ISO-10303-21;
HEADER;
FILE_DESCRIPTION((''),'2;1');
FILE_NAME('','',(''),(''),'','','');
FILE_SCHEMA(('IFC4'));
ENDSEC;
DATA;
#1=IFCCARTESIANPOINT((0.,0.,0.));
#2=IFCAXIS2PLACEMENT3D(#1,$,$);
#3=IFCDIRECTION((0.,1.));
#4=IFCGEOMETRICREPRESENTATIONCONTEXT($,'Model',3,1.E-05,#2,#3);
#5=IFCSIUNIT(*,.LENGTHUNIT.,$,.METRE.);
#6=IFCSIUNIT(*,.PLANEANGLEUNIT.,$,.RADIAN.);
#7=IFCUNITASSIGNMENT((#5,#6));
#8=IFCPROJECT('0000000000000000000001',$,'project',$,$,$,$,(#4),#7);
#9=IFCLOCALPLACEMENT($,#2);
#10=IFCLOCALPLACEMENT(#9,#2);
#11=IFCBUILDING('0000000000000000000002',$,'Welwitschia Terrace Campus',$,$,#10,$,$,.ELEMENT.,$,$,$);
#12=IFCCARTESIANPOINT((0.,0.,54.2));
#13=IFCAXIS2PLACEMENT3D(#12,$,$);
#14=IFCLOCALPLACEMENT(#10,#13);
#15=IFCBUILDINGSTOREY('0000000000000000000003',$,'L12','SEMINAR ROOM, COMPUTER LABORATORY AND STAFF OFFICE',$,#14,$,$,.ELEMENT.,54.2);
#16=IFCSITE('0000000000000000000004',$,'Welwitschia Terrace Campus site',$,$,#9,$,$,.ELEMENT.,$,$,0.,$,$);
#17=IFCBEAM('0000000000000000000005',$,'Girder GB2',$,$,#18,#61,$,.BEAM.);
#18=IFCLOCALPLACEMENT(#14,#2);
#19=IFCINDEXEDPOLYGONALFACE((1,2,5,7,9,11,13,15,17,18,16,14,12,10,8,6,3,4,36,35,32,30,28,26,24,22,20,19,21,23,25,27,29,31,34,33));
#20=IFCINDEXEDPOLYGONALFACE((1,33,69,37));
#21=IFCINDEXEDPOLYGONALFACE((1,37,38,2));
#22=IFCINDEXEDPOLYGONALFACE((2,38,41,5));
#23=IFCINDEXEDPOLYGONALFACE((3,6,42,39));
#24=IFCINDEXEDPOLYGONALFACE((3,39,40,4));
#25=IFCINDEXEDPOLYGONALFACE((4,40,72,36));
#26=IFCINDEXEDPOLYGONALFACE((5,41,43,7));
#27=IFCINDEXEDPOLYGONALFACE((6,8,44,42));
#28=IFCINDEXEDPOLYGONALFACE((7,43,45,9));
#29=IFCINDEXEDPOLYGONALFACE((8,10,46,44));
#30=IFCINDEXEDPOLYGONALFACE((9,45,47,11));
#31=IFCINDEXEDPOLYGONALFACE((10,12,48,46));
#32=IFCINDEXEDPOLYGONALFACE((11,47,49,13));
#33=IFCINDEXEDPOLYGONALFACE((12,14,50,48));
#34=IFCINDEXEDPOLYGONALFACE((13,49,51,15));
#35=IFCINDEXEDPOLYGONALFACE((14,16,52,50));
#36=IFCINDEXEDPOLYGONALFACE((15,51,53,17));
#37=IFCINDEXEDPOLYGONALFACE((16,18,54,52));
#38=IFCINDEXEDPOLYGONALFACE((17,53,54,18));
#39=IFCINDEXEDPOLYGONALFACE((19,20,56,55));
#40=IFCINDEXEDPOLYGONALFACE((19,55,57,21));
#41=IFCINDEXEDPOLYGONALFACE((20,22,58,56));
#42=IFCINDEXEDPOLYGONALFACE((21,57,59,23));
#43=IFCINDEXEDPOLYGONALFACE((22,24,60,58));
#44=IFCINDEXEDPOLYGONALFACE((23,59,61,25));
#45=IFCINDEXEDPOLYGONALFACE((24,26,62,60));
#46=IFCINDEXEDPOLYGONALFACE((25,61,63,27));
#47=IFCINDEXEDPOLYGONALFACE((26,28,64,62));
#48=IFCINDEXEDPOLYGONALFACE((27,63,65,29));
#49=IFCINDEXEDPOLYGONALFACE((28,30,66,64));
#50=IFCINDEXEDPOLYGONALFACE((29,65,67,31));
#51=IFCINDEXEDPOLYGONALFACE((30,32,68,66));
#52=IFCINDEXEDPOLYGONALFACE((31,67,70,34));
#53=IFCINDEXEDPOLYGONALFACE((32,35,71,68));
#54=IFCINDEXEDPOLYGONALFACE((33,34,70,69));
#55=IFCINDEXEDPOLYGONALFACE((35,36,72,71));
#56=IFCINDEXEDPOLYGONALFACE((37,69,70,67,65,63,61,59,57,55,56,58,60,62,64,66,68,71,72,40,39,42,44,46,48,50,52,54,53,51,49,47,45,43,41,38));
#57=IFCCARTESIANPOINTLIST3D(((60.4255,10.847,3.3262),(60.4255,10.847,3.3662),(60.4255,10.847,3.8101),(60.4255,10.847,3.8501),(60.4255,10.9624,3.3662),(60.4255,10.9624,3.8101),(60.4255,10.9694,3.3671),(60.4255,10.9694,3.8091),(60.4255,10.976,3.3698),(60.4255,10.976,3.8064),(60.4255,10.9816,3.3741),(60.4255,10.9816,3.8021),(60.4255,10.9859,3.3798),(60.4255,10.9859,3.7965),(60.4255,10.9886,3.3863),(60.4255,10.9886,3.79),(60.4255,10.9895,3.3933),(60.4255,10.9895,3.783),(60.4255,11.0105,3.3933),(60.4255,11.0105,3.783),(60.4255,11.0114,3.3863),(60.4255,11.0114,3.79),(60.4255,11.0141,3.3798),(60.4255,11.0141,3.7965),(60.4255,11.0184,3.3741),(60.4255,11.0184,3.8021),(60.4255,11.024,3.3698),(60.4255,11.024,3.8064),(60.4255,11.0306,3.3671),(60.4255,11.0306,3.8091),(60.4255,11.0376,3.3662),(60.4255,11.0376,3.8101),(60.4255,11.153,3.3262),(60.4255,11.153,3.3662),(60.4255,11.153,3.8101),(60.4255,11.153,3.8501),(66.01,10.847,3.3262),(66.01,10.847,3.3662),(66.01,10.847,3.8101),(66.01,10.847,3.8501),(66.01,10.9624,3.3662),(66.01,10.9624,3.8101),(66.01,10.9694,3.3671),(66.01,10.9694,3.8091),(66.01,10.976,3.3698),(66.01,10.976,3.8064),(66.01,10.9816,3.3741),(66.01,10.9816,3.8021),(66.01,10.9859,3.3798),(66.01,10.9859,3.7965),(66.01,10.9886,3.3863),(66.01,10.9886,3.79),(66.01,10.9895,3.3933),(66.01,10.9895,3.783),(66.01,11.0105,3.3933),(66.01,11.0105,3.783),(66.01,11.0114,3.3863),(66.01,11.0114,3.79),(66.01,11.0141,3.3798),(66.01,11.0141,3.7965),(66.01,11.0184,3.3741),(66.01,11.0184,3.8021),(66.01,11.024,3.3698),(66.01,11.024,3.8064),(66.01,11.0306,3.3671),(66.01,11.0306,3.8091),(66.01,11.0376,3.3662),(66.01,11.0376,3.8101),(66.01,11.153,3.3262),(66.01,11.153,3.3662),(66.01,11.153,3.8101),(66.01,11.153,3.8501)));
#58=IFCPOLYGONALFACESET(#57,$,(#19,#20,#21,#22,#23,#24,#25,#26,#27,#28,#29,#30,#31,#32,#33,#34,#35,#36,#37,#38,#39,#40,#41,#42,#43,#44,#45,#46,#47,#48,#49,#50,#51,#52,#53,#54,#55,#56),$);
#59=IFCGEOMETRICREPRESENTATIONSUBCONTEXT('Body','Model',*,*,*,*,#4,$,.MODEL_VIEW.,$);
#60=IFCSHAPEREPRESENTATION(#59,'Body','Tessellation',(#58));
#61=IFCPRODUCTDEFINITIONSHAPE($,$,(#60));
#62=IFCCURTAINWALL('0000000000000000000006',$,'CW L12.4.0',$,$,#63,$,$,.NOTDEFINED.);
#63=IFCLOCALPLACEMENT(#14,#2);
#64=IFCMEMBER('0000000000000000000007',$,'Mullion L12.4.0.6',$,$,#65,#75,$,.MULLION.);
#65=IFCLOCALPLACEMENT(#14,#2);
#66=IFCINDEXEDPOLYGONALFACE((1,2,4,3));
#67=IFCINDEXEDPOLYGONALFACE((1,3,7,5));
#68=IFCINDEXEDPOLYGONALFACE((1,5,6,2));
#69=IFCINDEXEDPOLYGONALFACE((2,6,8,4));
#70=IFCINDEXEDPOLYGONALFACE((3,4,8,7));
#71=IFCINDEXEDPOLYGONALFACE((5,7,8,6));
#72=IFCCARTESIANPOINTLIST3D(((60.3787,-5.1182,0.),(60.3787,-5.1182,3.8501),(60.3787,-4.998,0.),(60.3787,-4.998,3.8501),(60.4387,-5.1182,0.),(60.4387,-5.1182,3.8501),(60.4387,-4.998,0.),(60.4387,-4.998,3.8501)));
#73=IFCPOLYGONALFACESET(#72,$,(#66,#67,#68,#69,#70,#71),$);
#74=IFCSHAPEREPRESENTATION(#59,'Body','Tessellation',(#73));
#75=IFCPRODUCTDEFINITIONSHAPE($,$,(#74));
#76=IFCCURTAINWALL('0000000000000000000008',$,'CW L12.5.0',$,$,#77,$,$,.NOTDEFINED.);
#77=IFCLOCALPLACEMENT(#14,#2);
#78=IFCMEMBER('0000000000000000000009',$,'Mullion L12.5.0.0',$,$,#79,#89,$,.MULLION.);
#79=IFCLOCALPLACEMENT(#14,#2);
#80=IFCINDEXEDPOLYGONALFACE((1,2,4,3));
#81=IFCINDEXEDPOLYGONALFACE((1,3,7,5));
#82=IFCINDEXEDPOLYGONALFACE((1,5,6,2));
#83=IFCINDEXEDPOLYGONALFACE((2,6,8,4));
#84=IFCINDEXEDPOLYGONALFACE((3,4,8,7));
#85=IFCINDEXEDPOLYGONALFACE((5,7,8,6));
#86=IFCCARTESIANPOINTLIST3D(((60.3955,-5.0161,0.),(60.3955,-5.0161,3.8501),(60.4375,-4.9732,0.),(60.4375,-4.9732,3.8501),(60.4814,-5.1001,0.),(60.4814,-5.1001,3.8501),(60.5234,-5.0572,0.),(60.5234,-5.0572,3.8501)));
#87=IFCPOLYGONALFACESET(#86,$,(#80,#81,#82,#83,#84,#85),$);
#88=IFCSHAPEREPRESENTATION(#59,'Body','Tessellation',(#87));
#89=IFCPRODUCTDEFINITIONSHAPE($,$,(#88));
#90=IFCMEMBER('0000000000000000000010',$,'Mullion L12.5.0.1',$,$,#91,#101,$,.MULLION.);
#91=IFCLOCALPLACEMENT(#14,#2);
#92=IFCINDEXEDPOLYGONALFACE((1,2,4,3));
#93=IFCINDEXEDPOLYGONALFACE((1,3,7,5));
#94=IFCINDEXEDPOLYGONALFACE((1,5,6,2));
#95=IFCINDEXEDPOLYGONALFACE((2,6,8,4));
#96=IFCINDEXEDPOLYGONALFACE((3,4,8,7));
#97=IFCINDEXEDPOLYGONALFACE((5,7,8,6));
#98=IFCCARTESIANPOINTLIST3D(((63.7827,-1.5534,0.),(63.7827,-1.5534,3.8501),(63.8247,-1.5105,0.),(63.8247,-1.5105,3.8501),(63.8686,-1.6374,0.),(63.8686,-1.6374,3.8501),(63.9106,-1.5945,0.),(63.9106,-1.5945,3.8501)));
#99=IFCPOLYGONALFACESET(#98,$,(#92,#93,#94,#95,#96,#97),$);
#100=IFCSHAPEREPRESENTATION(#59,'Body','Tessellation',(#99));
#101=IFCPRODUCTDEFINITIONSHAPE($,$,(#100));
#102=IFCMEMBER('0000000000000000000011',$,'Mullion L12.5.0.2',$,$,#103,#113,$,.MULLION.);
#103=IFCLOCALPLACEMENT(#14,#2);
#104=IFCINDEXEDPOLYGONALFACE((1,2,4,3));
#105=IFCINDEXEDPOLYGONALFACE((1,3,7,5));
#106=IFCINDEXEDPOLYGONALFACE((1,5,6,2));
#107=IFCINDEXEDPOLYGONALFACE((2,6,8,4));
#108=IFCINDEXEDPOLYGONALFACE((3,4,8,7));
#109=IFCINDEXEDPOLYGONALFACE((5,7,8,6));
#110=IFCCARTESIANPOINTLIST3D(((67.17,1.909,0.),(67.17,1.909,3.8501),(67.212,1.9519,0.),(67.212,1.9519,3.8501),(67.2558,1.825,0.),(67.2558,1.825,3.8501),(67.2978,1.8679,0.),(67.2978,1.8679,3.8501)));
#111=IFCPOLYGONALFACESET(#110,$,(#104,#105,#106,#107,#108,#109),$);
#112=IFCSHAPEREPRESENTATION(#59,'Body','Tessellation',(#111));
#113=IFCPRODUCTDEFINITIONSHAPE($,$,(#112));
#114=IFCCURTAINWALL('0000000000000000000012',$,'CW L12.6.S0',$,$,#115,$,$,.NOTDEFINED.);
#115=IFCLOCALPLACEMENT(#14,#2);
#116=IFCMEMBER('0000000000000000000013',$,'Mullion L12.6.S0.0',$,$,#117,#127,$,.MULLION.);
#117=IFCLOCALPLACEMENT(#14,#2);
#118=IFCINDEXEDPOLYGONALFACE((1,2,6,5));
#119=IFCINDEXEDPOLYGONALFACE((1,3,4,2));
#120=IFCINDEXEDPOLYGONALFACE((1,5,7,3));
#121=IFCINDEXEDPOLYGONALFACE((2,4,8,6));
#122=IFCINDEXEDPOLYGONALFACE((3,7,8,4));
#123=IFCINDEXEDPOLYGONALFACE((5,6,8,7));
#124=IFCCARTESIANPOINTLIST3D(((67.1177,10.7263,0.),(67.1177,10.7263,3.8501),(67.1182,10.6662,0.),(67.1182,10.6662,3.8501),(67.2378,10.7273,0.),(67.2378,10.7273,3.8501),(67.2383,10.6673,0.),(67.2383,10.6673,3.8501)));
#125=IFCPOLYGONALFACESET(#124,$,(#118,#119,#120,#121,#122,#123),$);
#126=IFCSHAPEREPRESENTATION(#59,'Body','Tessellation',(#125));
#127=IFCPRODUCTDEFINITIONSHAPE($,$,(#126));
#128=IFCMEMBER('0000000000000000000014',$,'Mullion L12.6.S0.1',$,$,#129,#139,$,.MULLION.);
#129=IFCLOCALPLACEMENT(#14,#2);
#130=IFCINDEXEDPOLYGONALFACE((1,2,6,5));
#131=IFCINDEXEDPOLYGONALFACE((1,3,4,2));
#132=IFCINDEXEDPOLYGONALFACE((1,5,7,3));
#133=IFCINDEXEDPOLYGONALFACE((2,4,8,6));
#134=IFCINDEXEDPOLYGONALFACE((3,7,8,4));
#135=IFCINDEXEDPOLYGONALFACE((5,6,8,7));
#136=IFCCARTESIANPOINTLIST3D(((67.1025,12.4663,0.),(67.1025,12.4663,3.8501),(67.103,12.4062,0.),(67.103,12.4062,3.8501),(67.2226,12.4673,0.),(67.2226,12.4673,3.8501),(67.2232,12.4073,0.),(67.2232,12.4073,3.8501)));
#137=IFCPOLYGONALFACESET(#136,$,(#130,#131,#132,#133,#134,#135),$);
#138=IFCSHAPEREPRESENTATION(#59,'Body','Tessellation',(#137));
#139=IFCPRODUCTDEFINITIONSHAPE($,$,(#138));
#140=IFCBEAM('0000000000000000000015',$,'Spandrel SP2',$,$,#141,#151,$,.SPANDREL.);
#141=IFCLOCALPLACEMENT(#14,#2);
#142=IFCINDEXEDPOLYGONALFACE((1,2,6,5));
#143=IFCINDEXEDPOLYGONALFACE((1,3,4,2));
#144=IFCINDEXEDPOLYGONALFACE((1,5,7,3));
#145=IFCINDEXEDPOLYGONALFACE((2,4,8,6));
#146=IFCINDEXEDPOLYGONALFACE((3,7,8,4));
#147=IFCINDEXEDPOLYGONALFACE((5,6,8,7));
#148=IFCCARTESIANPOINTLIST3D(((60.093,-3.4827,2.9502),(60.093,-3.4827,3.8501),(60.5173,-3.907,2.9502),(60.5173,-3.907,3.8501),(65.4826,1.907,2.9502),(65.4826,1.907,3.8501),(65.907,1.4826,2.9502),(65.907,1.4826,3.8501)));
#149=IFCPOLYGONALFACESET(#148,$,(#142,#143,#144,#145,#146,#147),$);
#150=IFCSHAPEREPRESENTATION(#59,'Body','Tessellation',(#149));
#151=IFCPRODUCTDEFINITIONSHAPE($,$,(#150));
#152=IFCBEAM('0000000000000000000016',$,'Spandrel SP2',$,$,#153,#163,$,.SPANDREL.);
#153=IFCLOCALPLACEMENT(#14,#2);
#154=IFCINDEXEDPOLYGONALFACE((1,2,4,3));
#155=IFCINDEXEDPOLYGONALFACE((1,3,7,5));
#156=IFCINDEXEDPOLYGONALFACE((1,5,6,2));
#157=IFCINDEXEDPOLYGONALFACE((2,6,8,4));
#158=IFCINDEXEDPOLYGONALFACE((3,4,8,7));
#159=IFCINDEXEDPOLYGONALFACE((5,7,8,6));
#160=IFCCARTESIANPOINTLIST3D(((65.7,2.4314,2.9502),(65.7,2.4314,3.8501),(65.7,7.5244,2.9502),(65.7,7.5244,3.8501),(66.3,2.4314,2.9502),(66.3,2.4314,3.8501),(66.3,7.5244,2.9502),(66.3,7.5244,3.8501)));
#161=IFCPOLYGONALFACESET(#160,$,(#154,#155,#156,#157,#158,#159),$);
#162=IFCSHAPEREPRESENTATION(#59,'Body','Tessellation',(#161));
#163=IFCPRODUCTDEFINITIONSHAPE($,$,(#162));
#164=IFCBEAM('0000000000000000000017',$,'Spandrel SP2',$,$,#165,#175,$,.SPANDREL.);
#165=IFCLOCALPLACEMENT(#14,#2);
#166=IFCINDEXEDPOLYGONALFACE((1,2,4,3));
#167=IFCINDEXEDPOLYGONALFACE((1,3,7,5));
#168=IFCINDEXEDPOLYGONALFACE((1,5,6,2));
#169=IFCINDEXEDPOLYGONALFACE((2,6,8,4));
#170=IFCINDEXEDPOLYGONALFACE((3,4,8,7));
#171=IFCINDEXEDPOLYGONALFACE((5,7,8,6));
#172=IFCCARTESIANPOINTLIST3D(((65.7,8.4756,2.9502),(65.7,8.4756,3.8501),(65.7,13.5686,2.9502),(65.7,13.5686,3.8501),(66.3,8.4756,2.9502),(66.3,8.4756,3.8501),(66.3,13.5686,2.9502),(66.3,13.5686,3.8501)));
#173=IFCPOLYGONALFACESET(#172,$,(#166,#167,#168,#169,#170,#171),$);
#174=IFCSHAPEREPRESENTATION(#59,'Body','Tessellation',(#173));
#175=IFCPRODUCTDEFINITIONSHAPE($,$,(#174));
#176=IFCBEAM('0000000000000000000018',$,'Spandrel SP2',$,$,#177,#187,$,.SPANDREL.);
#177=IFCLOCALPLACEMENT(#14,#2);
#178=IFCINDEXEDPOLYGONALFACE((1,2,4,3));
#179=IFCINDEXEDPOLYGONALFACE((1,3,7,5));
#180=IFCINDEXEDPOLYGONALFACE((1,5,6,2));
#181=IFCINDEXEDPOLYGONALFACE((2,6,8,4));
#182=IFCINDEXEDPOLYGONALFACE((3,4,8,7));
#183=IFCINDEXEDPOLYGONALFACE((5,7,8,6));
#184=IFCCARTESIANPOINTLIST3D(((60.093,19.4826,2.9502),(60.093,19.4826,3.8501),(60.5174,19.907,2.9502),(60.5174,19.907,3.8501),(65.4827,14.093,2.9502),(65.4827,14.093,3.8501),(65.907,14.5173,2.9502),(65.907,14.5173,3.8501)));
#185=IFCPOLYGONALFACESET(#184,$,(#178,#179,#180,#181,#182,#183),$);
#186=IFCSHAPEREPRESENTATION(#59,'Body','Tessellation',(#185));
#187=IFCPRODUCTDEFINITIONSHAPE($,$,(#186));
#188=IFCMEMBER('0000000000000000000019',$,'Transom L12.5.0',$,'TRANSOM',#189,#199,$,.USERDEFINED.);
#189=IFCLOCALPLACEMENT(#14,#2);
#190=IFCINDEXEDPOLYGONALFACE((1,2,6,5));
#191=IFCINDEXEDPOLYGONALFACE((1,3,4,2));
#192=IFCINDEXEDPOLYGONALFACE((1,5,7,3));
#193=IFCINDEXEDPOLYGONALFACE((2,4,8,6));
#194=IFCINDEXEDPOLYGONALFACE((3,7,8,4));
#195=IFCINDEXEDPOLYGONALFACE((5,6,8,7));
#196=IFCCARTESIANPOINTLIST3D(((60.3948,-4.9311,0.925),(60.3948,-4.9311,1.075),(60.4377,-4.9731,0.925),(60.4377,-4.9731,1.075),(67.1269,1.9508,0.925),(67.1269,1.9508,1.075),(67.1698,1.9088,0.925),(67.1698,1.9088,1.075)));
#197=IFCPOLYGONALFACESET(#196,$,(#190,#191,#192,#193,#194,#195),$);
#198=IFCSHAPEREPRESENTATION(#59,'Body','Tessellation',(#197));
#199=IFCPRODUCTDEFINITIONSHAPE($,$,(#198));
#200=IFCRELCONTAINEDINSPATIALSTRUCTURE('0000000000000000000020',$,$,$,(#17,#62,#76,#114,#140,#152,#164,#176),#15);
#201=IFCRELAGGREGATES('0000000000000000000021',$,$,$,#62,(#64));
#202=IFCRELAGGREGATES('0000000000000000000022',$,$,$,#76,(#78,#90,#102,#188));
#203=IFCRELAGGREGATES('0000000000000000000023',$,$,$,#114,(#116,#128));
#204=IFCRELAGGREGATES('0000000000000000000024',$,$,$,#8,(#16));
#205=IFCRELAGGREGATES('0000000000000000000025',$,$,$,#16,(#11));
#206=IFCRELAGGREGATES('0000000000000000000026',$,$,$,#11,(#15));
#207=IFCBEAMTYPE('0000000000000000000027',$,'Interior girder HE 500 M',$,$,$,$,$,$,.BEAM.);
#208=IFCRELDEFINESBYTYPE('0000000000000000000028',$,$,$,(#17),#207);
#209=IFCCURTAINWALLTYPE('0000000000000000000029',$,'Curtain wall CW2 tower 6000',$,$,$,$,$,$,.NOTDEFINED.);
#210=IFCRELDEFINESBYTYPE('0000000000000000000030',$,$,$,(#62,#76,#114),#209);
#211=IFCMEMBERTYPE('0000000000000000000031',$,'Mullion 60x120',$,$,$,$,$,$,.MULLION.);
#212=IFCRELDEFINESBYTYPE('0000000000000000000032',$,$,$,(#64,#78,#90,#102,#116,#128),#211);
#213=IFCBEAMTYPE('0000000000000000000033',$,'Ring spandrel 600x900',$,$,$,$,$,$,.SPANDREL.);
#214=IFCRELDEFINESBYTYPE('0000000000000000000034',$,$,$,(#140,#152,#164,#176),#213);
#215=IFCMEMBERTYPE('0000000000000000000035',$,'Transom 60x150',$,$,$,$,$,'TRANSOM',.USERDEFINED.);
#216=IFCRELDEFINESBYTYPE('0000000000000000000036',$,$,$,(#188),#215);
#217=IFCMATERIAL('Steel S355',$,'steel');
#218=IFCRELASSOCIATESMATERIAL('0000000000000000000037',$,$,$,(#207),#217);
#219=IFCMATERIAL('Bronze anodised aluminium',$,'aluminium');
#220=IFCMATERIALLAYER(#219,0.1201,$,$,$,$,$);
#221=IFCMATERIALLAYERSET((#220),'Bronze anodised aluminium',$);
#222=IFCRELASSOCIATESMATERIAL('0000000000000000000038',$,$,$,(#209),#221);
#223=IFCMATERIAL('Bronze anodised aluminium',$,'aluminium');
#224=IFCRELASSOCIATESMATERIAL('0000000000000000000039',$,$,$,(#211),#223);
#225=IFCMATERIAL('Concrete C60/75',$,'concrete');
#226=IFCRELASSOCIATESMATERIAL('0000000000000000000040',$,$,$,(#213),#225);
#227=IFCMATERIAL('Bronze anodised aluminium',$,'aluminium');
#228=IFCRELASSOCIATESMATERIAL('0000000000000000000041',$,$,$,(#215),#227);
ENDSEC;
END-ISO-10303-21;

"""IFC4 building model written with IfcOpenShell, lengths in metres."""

from ifc_helpers import new_model, si_unit, direction, frame, origin, origin_2d, place, context, subcontext, project, spatial, rectangle, i_section, extrude, material, layer, layer_set, material_profile, profile_set, type_object, element, aggregate, save


model = new_model("IFC4")

# Units and contexts
model_context = context("Model", 3, precision=1e-05, world=origin(), true_north=direction((0.0, 1.0)))
body_context = subcontext(model_context, "Body", "Model", "MODEL_VIEW")
ifc_project = project(units=[si_unit("LENGTHUNIT", "METRE"), si_unit("PLANEANGLEUNIT", "RADIAN")], contexts=[model_context])

# Site, building, storey
site_placement = place(None, origin())
site = spatial("IfcSite", under=ifc_project, at=site_placement, Name="Welwitschia Terrace Campus site", CompositionType="ELEMENT", RefElevation=0.0)
building_placement = place(site_placement, origin())
building = spatial("IfcBuilding", under=site, at=building_placement, Name="Welwitschia Terrace Campus", CompositionType="ELEMENT")
storey_placement = place(building_placement, frame((0.0, 0.0, 54.2)))
storey = spatial("IfcBuildingStorey", under=building, at=storey_placement, Name="L12", Description="SEMINAR ROOM, COMPUTER LABORATORY AND STAFF OFFICE", CompositionType="ELEMENT", Elevation=54.2)

# Beam
ifc_material_1 = material(Name="Steel S355", Category="steel")
ifc_material_profile_1 = material_profile(ifc_material_1, i_section(OverallWidth=0.3059, OverallDepth=0.5239, WebThickness=0.021, FlangeThickness=0.04, FilletRadius=0.0271, at=origin_2d()))
ifc_profile_set_1 = profile_set([ifc_material_profile_1], Name="Steel S355")
beam_type_1 = type_object("IfcBeamType", Name="Interior girder HE 500 M", PredefinedType="BEAM", material=ifc_profile_set_1)
for number, where, z_axis, x_axis, name in (
    (1, (60.4255, 11.0, 3.5881), (1.0, 0.0, 0.0), (0.0, 1.0, 0.0), "Girder GB2"),
):
    element("IfcBeam", number, at=place(storey_placement, frame(where, z_axis=z_axis, x_axis=x_axis)), inside=storey, type_object=beam_type_1, Name=name, PredefinedType="BEAM", context=body_context, shape_type="SweptSolid", body=[
        extrude(i_section(OverallWidth=0.3059, OverallDepth=0.5239, WebThickness=0.021, FlangeThickness=0.04, FilletRadius=0.0271, at=origin_2d()), origin(), (0.0, 0.0, 1.0), 5.5845),
    ])

# Curtain wall, member
ifc_material_2 = material(Name="Bronze anodised aluminium", Category="aluminium")
ifc_layer_1 = layer(ifc_material_2, 0.1201)
ifc_layer_set_1 = layer_set([ifc_layer_1], Name="Bronze anodised aluminium")
curtain_wall_type = type_object("IfcCurtainWallType", Name="Curtain wall CW2 tower 6000", PredefinedType="NOTDEFINED", material=ifc_layer_set_1)
curtain_wall_1_placement = place(storey_placement, origin())
curtain_wall_1 = element("IfcCurtainWall", 2, at=curtain_wall_1_placement, inside=storey, type_object=curtain_wall_type, Name="CW L12.4.0", PredefinedType="NOTDEFINED")
ifc_material_3 = material(Name="Bronze anodised aluminium", Category="aluminium")
ifc_material_profile_2 = material_profile(ifc_material_3, rectangle(XDim=0.1201, YDim=0.0601, at=origin_2d()))
ifc_profile_set_2 = profile_set([ifc_material_profile_2], Name="Bronze anodised aluminium")
member_type_1 = type_object("IfcMemberType", Name="Mullion 60x120", PredefinedType="MULLION", material=ifc_profile_set_2)
member_1_placement = place(storey_placement, frame((60.4087, -5.0581, 0.0), z_axis=(0.0, 0.0, 1.0), x_axis=(0.0, 1.0, 0.0)))
member_1 = element("IfcMember", 3, at=member_1_placement, type_object=member_type_1, Name="Mullion L12.4.0.6", PredefinedType="MULLION", context=body_context, shape_type="SweptSolid", body=[
    extrude(rectangle(XDim=0.1201, YDim=0.0601, at=origin_2d()), origin(), (0.0, 0.0, 1.0), 3.8501),
])
aggregate(curtain_wall_1, [member_1])

# Curtain walls, members
curtain_wall_2_placement = place(storey_placement, origin())
curtain_wall_2 = element("IfcCurtainWall", 4, at=curtain_wall_2_placement, inside=storey, type_object=curtain_wall_type, Name="CW L12.5.0", PredefinedType="NOTDEFINED")
member_2_placement = place(storey_placement, frame((60.4595, -5.0366, 0.0), z_axis=(0.0, 0.0, 1.0), x_axis=(-0.714849, 0.699279, 0.0)))
member_2 = element("IfcMember", 5, at=member_2_placement, type_object=member_type_1, Name="Mullion L12.5.0.0", PredefinedType="MULLION", context=body_context, shape_type="SweptSolid", body=[
    extrude(rectangle(XDim=0.1201, YDim=0.0601, at=origin_2d()), origin(), (0.0, 0.0, 1.0), 3.8501),
])
member_3_placement = place(storey_placement, frame((63.8467, -1.574, 0.0), z_axis=(0.0, 0.0, 1.0), x_axis=(-0.714849, 0.699279, 0.0)))
member_3 = element("IfcMember", 6, at=member_3_placement, type_object=member_type_1, Name="Mullion L12.5.0.1", PredefinedType="MULLION", context=body_context, shape_type="SweptSolid", body=[
    extrude(rectangle(XDim=0.1201, YDim=0.0601, at=origin_2d()), origin(), (0.0, 0.0, 1.0), 3.8501),
])
member_4_placement = place(storey_placement, frame((67.2339, 1.8884, 0.0), z_axis=(0.0, 0.0, 1.0), x_axis=(-0.714849, 0.699279, 0.0)))
member_4 = element("IfcMember", 7, at=member_4_placement, type_object=member_type_1, Name="Mullion L12.5.0.2", PredefinedType="MULLION", context=body_context, shape_type="SweptSolid", body=[
    extrude(rectangle(XDim=0.1201, YDim=0.0601, at=origin_2d()), origin(), (0.0, 0.0, 1.0), 3.8501),
])
curtain_wall_3_placement = place(storey_placement, origin())
curtain_wall_3 = element("IfcCurtainWall", 8, at=curtain_wall_3_placement, inside=storey, type_object=curtain_wall_type, Name="CW L12.6.S0", PredefinedType="NOTDEFINED")
member_5_placement = place(storey_placement, frame((67.178, 10.6968, 0.0), z_axis=(0.0, 0.0, 1.0), x_axis=(-0.999962, -0.008727, 0.0)))
member_5 = element("IfcMember", 9, at=member_5_placement, type_object=member_type_1, Name="Mullion L12.6.S0.0", PredefinedType="MULLION", context=body_context, shape_type="SweptSolid", body=[
    extrude(rectangle(XDim=0.1201, YDim=0.0601, at=origin_2d()), origin(), (0.0, 0.0, 1.0), 3.8501),
])
member_6_placement = place(storey_placement, frame((67.1628, 12.4368, 0.0), z_axis=(0.0, 0.0, 1.0), x_axis=(-0.999962, -0.008727, 0.0)))
member_6 = element("IfcMember", 10, at=member_6_placement, type_object=member_type_1, Name="Mullion L12.6.S0.1", PredefinedType="MULLION", context=body_context, shape_type="SweptSolid", body=[
    extrude(rectangle(XDim=0.1201, YDim=0.0601, at=origin_2d()), origin(), (0.0, 0.0, 1.0), 3.8501),
])

# Beams
ifc_material_4 = material(Name="Concrete C60/75", Category="concrete")
ifc_material_profile_3 = material_profile(ifc_material_4, rectangle(XDim=0.6001, YDim=0.8999, at=origin_2d()))
ifc_profile_set_3 = profile_set([ifc_material_profile_3], Name="Concrete C60/75")
beam_type_2 = type_object("IfcBeamType", Name="Ring spandrel 600x900", PredefinedType="SPANDREL", material=ifc_profile_set_3)
beam_1_placement = place(storey_placement, frame((60.3052, -3.6948, 3.4001), z_axis=(0.707107, 0.707107, 0.0), x_axis=(-0.707107, 0.707107, 0.0)))
element("IfcBeam", 11, at=beam_1_placement, inside=storey, type_object=beam_type_2, Name="Spandrel SP2", PredefinedType="SPANDREL", context=body_context, shape_type="SweptSolid", body=[
    extrude(rectangle(XDim=0.6001, YDim=0.8999, at=origin_2d()), origin(), (0.0, 0.0, 1.0), 7.6221),
])
for number, where, z_axis, x_axis, name in (
    (12, (66.0, 2.4314, 3.4001), (0.0, 1.0, 0.0), (-1.0, 0.0, 0.0), "Spandrel SP2"),
    (13, (66.0, 8.4756, 3.4001), (0.0, 1.0, 0.0), (-1.0, 0.0, 0.0), "Spandrel SP2"),
):
    element("IfcBeam", number, at=place(storey_placement, frame(where, z_axis=z_axis, x_axis=x_axis)), inside=storey, type_object=beam_type_2, Name=name, PredefinedType="SPANDREL", context=body_context, shape_type="SweptSolid", body=[
        extrude(rectangle(XDim=0.6001, YDim=0.8999, at=origin_2d()), origin(), (0.0, 0.0, 1.0), 5.093),
    ])
beam_2_placement = place(storey_placement, frame((65.6948, 14.3052, 3.4001), z_axis=(-0.707107, 0.707107, 0.0), x_axis=(-0.707107, -0.707107, 0.0)))
element("IfcBeam", 14, at=beam_2_placement, inside=storey, type_object=beam_type_2, Name="Spandrel SP2", PredefinedType="SPANDREL", context=body_context, shape_type="SweptSolid", body=[
    extrude(rectangle(XDim=0.6001, YDim=0.8999, at=origin_2d()), origin(), (0.0, 0.0, 1.0), 7.6221),
])

# Member
ifc_material_5 = material(Name="Bronze anodised aluminium", Category="aluminium")
ifc_material_profile_4 = material_profile(ifc_material_5, rectangle(XDim=0.0601, YDim=0.1499, at=origin_2d()))
ifc_profile_set_4 = profile_set([ifc_material_profile_4], Name="Bronze anodised aluminium")
member_type_2 = type_object("IfcMemberType", Name="Transom 60x150", ElementType="TRANSOM", PredefinedType="USERDEFINED", material=ifc_profile_set_4)
member_7_placement = place(storey_placement, frame((60.4163, -4.9521, 1.0), z_axis=(0.699279, 0.714849, 0.0), x_axis=(-0.714849, 0.699279, 0.0)))
member_7 = element("IfcMember", 15, at=member_7_placement, type_object=member_type_2, Name="Transom L12.5.0", ObjectType="TRANSOM", PredefinedType="USERDEFINED", context=body_context, shape_type="SweptSolid", body=[
    extrude(rectangle(XDim=0.0601, YDim=0.1499, at=origin_2d()), origin(), (0.0, 0.0, 1.0), 9.6272),
])

aggregate(curtain_wall_2, [member_2, member_3, member_4, member_7])
aggregate(curtain_wall_3, [member_5, member_6])

save(model, "model.ifc")
